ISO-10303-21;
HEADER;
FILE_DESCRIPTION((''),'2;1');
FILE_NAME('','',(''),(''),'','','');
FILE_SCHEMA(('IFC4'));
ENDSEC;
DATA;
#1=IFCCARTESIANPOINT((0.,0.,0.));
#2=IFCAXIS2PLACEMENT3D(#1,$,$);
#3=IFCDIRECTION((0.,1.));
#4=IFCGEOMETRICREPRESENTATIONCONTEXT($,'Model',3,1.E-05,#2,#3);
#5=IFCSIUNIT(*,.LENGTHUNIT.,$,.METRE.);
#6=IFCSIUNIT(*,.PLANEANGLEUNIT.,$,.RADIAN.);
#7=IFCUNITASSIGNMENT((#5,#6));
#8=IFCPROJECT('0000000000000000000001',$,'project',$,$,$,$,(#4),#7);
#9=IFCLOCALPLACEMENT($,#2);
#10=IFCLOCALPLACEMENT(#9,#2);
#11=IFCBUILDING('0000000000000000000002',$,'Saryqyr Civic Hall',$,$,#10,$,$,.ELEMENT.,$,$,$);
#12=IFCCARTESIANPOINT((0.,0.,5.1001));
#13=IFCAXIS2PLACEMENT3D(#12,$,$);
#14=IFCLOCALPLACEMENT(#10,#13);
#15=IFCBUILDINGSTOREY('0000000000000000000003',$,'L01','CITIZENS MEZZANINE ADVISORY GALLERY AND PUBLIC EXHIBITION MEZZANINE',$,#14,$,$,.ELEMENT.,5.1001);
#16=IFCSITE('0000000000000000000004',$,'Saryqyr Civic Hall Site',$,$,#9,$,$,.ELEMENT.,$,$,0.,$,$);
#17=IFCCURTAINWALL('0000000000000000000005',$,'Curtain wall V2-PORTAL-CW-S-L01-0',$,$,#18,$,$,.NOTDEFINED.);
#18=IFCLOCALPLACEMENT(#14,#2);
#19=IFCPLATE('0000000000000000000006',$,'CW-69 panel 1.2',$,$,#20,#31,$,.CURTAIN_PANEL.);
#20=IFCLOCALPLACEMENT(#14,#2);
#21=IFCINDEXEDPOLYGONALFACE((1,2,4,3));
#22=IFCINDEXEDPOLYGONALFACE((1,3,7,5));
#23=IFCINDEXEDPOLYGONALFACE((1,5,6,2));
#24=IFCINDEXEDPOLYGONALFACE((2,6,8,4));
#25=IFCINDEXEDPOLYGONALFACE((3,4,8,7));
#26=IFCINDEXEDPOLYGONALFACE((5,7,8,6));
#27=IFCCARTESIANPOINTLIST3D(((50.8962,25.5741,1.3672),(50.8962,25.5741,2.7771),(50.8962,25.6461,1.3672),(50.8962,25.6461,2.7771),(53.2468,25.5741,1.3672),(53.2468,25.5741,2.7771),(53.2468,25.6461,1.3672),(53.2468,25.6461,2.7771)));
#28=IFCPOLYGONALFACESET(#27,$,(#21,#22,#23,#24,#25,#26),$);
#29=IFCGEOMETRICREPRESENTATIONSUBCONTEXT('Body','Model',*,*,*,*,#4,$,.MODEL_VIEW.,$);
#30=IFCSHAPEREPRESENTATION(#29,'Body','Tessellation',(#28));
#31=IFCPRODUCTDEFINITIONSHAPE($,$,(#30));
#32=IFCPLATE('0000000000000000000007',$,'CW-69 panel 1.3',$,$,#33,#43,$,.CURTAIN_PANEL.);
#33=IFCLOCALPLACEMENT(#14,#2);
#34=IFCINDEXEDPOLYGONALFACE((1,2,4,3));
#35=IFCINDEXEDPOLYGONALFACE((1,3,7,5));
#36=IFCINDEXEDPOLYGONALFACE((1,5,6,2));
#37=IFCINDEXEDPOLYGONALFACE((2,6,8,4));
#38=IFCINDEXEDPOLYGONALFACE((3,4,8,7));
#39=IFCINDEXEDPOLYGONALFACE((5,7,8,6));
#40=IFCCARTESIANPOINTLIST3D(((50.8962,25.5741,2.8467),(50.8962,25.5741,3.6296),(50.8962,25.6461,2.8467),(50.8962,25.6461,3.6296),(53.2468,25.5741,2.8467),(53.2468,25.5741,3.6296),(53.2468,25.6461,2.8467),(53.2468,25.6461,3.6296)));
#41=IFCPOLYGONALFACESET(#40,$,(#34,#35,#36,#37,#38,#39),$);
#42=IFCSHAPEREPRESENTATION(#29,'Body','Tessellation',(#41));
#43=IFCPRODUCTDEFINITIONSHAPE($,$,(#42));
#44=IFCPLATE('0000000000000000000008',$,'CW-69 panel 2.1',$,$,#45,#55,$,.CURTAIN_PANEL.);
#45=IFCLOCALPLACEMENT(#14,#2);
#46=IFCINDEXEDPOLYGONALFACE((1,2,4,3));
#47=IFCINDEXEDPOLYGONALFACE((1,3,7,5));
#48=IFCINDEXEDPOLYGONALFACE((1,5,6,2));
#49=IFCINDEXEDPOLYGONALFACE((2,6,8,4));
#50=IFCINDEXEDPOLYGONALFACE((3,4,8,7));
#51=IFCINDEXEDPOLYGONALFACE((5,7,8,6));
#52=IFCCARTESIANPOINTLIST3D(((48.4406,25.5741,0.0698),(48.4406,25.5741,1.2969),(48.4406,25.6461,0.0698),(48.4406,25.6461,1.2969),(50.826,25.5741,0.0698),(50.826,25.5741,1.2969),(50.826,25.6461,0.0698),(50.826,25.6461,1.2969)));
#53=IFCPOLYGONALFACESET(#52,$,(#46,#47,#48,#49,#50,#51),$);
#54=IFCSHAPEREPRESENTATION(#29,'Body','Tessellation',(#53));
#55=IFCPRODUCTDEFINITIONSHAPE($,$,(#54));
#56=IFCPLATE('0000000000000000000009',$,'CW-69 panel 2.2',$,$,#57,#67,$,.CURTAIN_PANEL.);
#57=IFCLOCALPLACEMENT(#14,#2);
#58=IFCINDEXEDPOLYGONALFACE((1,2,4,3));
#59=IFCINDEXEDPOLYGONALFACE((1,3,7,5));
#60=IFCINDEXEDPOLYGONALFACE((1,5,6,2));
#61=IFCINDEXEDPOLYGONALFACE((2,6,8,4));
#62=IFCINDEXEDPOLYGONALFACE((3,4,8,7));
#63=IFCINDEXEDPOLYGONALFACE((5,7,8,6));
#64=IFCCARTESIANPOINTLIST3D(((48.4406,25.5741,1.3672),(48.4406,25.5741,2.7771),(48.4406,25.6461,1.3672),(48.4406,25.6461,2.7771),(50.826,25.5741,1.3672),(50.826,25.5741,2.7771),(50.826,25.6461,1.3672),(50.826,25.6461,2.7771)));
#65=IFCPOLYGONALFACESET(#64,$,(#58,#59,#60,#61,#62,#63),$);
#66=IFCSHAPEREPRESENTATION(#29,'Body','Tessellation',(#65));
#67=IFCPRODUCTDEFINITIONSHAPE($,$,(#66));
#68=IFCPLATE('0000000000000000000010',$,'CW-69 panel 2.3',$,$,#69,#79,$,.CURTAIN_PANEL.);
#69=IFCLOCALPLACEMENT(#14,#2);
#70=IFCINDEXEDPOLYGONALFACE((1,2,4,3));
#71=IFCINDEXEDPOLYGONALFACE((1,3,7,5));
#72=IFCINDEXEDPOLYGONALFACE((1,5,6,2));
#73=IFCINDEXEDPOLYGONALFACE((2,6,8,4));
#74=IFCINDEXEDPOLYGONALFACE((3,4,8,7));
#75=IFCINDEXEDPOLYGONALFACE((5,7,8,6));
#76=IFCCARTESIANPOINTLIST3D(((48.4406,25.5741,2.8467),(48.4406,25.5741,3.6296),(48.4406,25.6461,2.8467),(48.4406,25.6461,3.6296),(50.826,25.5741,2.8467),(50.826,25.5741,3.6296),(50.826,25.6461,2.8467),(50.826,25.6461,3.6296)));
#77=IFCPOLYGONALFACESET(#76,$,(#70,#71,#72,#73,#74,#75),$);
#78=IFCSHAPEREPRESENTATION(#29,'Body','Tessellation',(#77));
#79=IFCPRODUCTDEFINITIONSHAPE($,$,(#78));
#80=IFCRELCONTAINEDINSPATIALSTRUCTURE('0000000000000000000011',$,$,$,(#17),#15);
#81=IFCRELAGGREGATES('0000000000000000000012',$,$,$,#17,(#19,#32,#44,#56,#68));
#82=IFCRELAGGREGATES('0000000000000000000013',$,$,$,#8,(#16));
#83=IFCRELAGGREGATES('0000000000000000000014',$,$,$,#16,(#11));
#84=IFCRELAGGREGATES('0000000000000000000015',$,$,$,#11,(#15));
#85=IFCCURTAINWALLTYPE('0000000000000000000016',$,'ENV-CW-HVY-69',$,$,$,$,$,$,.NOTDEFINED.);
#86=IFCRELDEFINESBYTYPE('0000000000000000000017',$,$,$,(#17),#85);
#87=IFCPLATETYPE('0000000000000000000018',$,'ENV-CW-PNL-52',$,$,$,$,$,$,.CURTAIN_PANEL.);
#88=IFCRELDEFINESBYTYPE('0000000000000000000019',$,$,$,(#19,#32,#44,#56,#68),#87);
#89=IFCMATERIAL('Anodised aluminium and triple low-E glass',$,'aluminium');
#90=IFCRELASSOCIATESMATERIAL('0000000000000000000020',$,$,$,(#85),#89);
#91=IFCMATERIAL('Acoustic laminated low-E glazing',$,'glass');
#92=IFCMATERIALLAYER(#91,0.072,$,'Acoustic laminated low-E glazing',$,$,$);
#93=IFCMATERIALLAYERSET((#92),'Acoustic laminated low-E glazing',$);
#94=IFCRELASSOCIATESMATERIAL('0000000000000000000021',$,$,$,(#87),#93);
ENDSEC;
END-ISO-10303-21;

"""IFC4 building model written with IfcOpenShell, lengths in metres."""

from ifc_helpers import new_model, si_unit, direction, frame, origin, origin_2d, place, context, subcontext, project, spatial, rectangle, extrude, material, layer, layer_set, type_object, element, aggregate, save


model = new_model("IFC4")

# Units and contexts
model_context = context("Model", 3, precision=1e-05, world=origin(), true_north=direction((0.0, 1.0)))
body_context = subcontext(model_context, "Body", "Model", "MODEL_VIEW")
ifc_project = project(units=[si_unit("LENGTHUNIT", "METRE"), si_unit("PLANEANGLEUNIT", "RADIAN")], contexts=[model_context])

# Site, building, storey
site_placement = place(None, origin())
site = spatial("IfcSite", under=ifc_project, at=site_placement, Name="Saryqyr Civic Hall Site", CompositionType="ELEMENT", RefElevation=0.0)
building_placement = place(site_placement, origin())
building = spatial("IfcBuilding", under=site, at=building_placement, Name="Saryqyr Civic Hall", CompositionType="ELEMENT")
storey_placement = place(building_placement, frame((0.0, 0.0, 5.1001)))
storey = spatial("IfcBuildingStorey", under=building, at=storey_placement, Name="L01", Description="CITIZENS MEZZANINE ADVISORY GALLERY AND PUBLIC EXHIBITION MEZZANINE", CompositionType="ELEMENT", Elevation=5.1001)

# Curtain wall
ifc_material_1 = material(Name="Anodised aluminium and triple low-E glass", Category="aluminium")
curtain_wall_type_1 = type_object("IfcCurtainWallType", Name="ENV-CW-HVY-69", PredefinedType="NOTDEFINED", material=ifc_material_1)
curtain_wall_1_placement = place(storey_placement, origin())
curtain_wall_1 = element("IfcCurtainWall", 1, at=curtain_wall_1_placement, inside=storey, type_object=curtain_wall_type_1, Name="Curtain wall V2-PORTAL-CW-S-L01-0", PredefinedType="NOTDEFINED")

# Plates
ifc_material_2 = material(Name="Acoustic laminated low-E glazing", Category="glass")
ifc_layer_1 = layer(ifc_material_2, 0.072, Name="Acoustic laminated low-E glazing")
ifc_layer_set_1 = layer_set([ifc_layer_1], Name="Acoustic laminated low-E glazing")
plate_type_1 = type_object("IfcPlateType", Name="ENV-CW-PNL-52", PredefinedType="CURTAIN_PANEL", material=ifc_layer_set_1)
plate_1_placement = place(storey_placement, frame((52.0715, 25.6101, 1.3672), z_axis=(0.0, 0.0, 1.0), x_axis=(-1.0, 0.0, 0.0)))
plate_1 = element("IfcPlate", 2, at=plate_1_placement, type_object=plate_type_1, Name="CW-69 panel 1.2", PredefinedType="CURTAIN_PANEL", context=body_context, shape_type="SweptSolid", body=[
    extrude(rectangle(XDim=2.3506, YDim=0.072, at=origin_2d()), origin(), (0.0, 0.0, 1.0), 1.4099),
])
plate_2_placement = place(storey_placement, frame((52.0715, 25.6101, 2.8467), z_axis=(0.0, 0.0, 1.0), x_axis=(-1.0, 0.0, 0.0)))
plate_2 = element("IfcPlate", 3, at=plate_2_placement, type_object=plate_type_1, Name="CW-69 panel 1.3", PredefinedType="CURTAIN_PANEL", context=body_context, shape_type="SweptSolid", body=[
    extrude(rectangle(XDim=2.3506, YDim=0.072, at=origin_2d()), origin(), (0.0, 0.0, 1.0), 0.783),
])
plate_3_placement = place(storey_placement, frame((49.6333, 25.6101, 0.0698), z_axis=(0.0, 0.0, 1.0), x_axis=(-1.0, 0.0, 0.0)))
plate_3 = element("IfcPlate", 4, at=plate_3_placement, type_object=plate_type_1, Name="CW-69 panel 2.1", PredefinedType="CURTAIN_PANEL", context=body_context, shape_type="SweptSolid", body=[
    extrude(rectangle(XDim=2.3855, YDim=0.072, at=origin_2d()), origin(), (0.0, 0.0, 1.0), 1.2271),
])
plate_4_placement = place(storey_placement, frame((49.6333, 25.6101, 1.3672), z_axis=(0.0, 0.0, 1.0), x_axis=(-1.0, 0.0, 0.0)))
plate_4 = element("IfcPlate", 5, at=plate_4_placement, type_object=plate_type_1, Name="CW-69 panel 2.2", PredefinedType="CURTAIN_PANEL", context=body_context, shape_type="SweptSolid", body=[
    extrude(rectangle(XDim=2.3855, YDim=0.072, at=origin_2d()), origin(), (0.0, 0.0, 1.0), 1.4099),
])
plate_5_placement = place(storey_placement, frame((49.6333, 25.6101, 2.8467), z_axis=(0.0, 0.0, 1.0), x_axis=(-1.0, 0.0, 0.0)))
plate_5 = element("IfcPlate", 6, at=plate_5_placement, type_object=plate_type_1, Name="CW-69 panel 2.3", PredefinedType="CURTAIN_PANEL", context=body_context, shape_type="SweptSolid", body=[
    extrude(rectangle(XDim=2.3855, YDim=0.072, at=origin_2d()), origin(), (0.0, 0.0, 1.0), 0.783),
])
aggregate(curtain_wall_1, [plate_1, plate_2, plate_3, plate_4, plate_5])

save(model, "model.ifc")
